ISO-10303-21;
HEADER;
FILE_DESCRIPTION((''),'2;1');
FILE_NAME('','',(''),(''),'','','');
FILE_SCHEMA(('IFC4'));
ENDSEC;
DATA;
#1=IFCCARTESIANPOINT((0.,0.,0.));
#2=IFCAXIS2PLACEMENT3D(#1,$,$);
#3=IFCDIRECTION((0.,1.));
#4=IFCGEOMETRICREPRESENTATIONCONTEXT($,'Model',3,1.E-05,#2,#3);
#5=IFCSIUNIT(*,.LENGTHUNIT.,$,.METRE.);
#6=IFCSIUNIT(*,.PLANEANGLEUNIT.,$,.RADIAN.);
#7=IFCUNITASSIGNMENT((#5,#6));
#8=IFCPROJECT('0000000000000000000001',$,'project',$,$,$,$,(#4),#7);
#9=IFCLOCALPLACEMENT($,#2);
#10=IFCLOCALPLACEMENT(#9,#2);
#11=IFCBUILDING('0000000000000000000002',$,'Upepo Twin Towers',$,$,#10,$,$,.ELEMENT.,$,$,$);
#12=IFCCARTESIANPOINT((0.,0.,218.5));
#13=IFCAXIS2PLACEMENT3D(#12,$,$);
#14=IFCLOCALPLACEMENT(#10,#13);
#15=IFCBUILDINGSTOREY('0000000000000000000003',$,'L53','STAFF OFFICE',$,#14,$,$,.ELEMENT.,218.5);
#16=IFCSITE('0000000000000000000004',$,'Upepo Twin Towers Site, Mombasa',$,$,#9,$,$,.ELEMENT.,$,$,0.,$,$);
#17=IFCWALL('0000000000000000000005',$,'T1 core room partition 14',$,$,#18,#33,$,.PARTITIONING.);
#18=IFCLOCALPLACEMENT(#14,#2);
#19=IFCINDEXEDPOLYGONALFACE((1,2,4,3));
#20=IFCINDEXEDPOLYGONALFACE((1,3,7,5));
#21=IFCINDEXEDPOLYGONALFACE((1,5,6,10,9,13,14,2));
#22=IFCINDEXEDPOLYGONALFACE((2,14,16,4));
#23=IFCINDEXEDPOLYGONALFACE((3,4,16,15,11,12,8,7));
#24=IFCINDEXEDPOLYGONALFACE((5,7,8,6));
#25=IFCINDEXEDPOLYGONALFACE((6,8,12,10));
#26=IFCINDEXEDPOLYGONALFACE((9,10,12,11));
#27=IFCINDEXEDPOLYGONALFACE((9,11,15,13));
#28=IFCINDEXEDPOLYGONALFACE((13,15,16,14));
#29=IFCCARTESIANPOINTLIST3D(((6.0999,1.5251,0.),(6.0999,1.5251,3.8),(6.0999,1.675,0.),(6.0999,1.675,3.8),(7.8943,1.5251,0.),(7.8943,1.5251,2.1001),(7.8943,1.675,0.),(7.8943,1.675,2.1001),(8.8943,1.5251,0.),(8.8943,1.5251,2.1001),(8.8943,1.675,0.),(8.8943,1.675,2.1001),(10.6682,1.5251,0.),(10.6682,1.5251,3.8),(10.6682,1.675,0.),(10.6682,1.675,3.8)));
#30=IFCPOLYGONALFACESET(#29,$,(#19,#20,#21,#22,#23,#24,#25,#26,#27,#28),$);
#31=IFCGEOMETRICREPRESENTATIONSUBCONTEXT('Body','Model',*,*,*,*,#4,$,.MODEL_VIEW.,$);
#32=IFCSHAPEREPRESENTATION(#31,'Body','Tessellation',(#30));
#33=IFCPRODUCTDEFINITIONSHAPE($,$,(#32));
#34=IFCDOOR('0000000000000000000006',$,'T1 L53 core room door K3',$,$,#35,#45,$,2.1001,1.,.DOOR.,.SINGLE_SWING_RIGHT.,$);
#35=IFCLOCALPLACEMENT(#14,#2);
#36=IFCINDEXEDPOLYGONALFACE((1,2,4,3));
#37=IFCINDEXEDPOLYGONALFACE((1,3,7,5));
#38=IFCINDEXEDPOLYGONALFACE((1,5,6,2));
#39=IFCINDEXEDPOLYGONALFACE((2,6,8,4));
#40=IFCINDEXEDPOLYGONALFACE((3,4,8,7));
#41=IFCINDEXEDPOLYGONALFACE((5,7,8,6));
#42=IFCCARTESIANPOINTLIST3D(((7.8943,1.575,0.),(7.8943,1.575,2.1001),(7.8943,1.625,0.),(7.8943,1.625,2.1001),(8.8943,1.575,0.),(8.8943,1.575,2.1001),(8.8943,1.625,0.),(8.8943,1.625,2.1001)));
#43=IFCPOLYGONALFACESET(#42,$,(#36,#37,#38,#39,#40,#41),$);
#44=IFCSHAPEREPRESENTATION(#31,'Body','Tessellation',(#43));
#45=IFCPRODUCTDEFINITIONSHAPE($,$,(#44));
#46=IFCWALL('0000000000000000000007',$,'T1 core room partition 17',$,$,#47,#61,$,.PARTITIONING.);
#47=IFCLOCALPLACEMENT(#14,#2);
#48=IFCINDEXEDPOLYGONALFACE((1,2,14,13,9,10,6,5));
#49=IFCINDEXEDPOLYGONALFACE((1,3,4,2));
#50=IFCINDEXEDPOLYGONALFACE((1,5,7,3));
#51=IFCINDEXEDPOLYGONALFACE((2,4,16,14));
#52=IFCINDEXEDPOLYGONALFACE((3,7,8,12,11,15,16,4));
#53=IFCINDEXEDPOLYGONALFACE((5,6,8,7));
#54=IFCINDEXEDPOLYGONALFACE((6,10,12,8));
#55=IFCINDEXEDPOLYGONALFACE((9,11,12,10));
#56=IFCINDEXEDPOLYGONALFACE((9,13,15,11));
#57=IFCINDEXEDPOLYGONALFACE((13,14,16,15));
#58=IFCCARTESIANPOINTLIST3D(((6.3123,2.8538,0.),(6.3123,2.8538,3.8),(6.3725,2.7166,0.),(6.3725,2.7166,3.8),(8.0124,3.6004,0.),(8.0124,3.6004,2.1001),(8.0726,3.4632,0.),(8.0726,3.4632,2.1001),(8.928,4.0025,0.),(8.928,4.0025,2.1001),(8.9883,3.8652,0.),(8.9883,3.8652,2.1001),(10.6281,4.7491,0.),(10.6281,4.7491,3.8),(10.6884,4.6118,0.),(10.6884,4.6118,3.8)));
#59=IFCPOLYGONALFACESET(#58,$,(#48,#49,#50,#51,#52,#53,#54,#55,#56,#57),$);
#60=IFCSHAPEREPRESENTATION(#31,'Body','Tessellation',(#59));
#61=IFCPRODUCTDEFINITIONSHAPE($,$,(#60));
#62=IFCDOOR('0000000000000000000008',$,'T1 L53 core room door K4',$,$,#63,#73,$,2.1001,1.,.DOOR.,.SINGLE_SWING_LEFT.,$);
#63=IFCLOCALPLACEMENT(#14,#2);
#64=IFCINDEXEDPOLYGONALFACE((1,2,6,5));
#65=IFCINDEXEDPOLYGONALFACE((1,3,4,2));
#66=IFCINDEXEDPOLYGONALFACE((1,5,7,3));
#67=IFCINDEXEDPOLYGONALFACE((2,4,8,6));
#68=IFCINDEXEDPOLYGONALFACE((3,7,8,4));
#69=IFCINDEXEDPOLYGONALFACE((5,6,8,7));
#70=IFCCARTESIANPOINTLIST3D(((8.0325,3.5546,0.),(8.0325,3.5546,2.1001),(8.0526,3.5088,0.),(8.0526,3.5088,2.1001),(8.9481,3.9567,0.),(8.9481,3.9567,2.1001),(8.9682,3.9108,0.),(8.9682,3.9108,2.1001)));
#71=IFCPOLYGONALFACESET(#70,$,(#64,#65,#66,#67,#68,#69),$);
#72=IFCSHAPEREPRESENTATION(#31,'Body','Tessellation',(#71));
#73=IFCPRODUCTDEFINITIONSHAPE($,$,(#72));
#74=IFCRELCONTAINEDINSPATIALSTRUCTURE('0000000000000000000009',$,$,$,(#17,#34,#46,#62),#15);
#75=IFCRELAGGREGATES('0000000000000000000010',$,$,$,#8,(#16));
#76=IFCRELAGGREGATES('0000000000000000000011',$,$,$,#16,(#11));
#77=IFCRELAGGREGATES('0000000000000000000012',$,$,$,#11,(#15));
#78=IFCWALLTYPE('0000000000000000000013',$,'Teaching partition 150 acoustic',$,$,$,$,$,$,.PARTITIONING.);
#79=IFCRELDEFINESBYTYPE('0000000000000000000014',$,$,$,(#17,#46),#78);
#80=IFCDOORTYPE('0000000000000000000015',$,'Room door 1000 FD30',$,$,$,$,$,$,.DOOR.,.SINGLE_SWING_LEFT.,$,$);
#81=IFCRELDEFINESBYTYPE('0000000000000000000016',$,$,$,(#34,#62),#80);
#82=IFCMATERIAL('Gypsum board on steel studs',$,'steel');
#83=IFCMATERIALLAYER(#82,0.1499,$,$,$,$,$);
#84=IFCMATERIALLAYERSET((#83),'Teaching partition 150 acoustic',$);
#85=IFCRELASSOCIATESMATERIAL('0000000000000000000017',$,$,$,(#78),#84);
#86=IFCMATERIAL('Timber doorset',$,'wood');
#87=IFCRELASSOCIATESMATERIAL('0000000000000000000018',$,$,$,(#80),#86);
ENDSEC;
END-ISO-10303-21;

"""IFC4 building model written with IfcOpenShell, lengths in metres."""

from ifc_helpers import new_model, si_unit, direction, frame, frame_2d, origin, place, context, subcontext, project, spatial, rectangle, extrude, material, layer, layer_set, type_object, element, fill, save


model = new_model("IFC4")

# Units and contexts
model_context = context("Model", 3, precision=1e-05, world=origin(), true_north=direction((0.0, 1.0)))
body_context = subcontext(model_context, "Body", "Model", "MODEL_VIEW")
ifc_project = project(units=[si_unit("LENGTHUNIT", "METRE"), si_unit("PLANEANGLEUNIT", "RADIAN")], contexts=[model_context])

# Site, building, storey
site_placement = place(None, origin())
site = spatial("IfcSite", under=ifc_project, at=site_placement, Name="Upepo Twin Towers Site, Mombasa", CompositionType="ELEMENT", RefElevation=0.0)
building_placement = place(site_placement, origin())
building = spatial("IfcBuilding", under=site, at=building_placement, Name="Upepo Twin Towers", CompositionType="ELEMENT")
storey_placement = place(building_placement, frame((0.0, 0.0, 218.5)))
storey = spatial("IfcBuildingStorey", under=building, at=storey_placement, Name="L53", Description="STAFF OFFICE", CompositionType="ELEMENT", Elevation=218.5)

# Shared definitions
ifc_material_1 = material(Name="Gypsum board on steel studs", Category="steel")
ifc_layer_1 = layer(ifc_material_1, 0.1499)
ifc_layer_set_1 = layer_set([ifc_layer_1], Name="Teaching partition 150 acoustic")
wall_type_1 = type_object("IfcWallType", Name="Teaching partition 150 acoustic", PredefinedType="PARTITIONING", material=ifc_layer_set_1)

# Walls, openings, doors
wall_1_placement = place(storey_placement, frame((6.0999, 1.6001, 0.0), z_axis=(0.0, 0.0, 1.0), x_axis=(1.0, 0.0, 0.0)))
wall_1 = element("IfcWall", 1, at=wall_1_placement, inside=storey, type_object=wall_type_1, Name="T1 core room partition 14", PredefinedType="PARTITIONING", context=body_context, shape_type="SweptSolid", body=[
    extrude(rectangle(XDim=4.5684, YDim=0.1499, at=frame_2d((2.2842, 0.0))), origin(), (0.0, 0.0, 1.0), 3.8),
])
opening_1_placement = place(wall_1_placement, frame((1.7944, 0.0, 0.0)))
opening_1 = element("IfcOpeningElement", 2, at=opening_1_placement, cuts=wall_1, PredefinedType="OPENING", context=body_context, shape_type="SweptSolid", body=[
    extrude(rectangle(XDim=1.0, YDim=2.1001, at=frame_2d((0.5, 1.05))), frame((0.0, 0.085, 0.0), z_axis=(0.0, -1.0, 0.0), x_axis=(1.0, 0.0, 0.0)), (0.0, 0.0, 1.0), 0.1699),
])
ifc_material_2 = material(Name="Timber doorset", Category="wood")
door_type_1 = type_object("IfcDoorType", Name="Room door 1000 FD30", OperationType="SINGLE_SWING_LEFT", PredefinedType="DOOR", material=ifc_material_2)
door_1_placement = place(opening_1_placement, origin())
door_1 = element("IfcDoor", 3, at=door_1_placement, inside=storey, type_object=door_type_1, Name="T1 L53 core room door K3", OperationType="SINGLE_SWING_RIGHT", OverallHeight=2.1001, OverallWidth=1.0, PredefinedType="DOOR", context=body_context, shape_type="SweptSolid", body=[
    extrude(rectangle(XDim=1.0, YDim=2.1001, at=frame_2d((0.5, 1.05))), frame((0.0, 0.0249, 0.0), z_axis=(0.0, -1.0, 0.0), x_axis=(1.0, 0.0, 0.0)), (0.0, 0.0, 1.0), 0.05),
])
fill(opening_1, door_1)
wall_2_placement = place(storey_placement, frame((6.3423, 2.7852, 0.0), z_axis=(0.0, 0.0, 1.0), x_axis=(0.915607, 0.402074, 0.0)))
wall_2 = element("IfcWall", 4, at=wall_2_placement, inside=storey, type_object=wall_type_1, Name="T1 core room partition 17", PredefinedType="PARTITIONING", context=body_context, shape_type="SweptSolid", body=[
    extrude(rectangle(XDim=4.7136, YDim=0.1499, at=frame_2d((2.3569, 0.0))), origin(), (0.0, 0.0, 1.0), 3.8),
])
opening_2_placement = place(wall_2_placement, frame((1.8569, 0.0, 0.0)))
opening_2 = element("IfcOpeningElement", 5, at=opening_2_placement, cuts=wall_2, PredefinedType="OPENING", context=body_context, shape_type="SweptSolid", body=[
    extrude(rectangle(XDim=1.0, YDim=2.1001, at=frame_2d((0.5, 1.05))), frame((0.0, 0.085, 0.0), z_axis=(0.0, -1.0, 0.0), x_axis=(1.0, 0.0, 0.0)), (0.0, 0.0, 1.0), 0.1699),
])
door_2_placement = place(opening_2_placement, origin())
door_2 = element("IfcDoor", 6, at=door_2_placement, inside=storey, type_object=door_type_1, Name="T1 L53 core room door K4", OperationType="SINGLE_SWING_LEFT", OverallHeight=2.1001, OverallWidth=1.0, PredefinedType="DOOR", context=body_context, shape_type="SweptSolid", body=[
    extrude(rectangle(XDim=1.0, YDim=2.1001, at=frame_2d((0.5, 1.05))), frame((0.0, 0.0249, 0.0), z_axis=(0.0, -1.0, 0.0), x_axis=(1.0, 0.0, 0.0)), (0.0, 0.0, 1.0), 0.05),
])
fill(opening_2, door_2)

save(model, "model.ifc")
